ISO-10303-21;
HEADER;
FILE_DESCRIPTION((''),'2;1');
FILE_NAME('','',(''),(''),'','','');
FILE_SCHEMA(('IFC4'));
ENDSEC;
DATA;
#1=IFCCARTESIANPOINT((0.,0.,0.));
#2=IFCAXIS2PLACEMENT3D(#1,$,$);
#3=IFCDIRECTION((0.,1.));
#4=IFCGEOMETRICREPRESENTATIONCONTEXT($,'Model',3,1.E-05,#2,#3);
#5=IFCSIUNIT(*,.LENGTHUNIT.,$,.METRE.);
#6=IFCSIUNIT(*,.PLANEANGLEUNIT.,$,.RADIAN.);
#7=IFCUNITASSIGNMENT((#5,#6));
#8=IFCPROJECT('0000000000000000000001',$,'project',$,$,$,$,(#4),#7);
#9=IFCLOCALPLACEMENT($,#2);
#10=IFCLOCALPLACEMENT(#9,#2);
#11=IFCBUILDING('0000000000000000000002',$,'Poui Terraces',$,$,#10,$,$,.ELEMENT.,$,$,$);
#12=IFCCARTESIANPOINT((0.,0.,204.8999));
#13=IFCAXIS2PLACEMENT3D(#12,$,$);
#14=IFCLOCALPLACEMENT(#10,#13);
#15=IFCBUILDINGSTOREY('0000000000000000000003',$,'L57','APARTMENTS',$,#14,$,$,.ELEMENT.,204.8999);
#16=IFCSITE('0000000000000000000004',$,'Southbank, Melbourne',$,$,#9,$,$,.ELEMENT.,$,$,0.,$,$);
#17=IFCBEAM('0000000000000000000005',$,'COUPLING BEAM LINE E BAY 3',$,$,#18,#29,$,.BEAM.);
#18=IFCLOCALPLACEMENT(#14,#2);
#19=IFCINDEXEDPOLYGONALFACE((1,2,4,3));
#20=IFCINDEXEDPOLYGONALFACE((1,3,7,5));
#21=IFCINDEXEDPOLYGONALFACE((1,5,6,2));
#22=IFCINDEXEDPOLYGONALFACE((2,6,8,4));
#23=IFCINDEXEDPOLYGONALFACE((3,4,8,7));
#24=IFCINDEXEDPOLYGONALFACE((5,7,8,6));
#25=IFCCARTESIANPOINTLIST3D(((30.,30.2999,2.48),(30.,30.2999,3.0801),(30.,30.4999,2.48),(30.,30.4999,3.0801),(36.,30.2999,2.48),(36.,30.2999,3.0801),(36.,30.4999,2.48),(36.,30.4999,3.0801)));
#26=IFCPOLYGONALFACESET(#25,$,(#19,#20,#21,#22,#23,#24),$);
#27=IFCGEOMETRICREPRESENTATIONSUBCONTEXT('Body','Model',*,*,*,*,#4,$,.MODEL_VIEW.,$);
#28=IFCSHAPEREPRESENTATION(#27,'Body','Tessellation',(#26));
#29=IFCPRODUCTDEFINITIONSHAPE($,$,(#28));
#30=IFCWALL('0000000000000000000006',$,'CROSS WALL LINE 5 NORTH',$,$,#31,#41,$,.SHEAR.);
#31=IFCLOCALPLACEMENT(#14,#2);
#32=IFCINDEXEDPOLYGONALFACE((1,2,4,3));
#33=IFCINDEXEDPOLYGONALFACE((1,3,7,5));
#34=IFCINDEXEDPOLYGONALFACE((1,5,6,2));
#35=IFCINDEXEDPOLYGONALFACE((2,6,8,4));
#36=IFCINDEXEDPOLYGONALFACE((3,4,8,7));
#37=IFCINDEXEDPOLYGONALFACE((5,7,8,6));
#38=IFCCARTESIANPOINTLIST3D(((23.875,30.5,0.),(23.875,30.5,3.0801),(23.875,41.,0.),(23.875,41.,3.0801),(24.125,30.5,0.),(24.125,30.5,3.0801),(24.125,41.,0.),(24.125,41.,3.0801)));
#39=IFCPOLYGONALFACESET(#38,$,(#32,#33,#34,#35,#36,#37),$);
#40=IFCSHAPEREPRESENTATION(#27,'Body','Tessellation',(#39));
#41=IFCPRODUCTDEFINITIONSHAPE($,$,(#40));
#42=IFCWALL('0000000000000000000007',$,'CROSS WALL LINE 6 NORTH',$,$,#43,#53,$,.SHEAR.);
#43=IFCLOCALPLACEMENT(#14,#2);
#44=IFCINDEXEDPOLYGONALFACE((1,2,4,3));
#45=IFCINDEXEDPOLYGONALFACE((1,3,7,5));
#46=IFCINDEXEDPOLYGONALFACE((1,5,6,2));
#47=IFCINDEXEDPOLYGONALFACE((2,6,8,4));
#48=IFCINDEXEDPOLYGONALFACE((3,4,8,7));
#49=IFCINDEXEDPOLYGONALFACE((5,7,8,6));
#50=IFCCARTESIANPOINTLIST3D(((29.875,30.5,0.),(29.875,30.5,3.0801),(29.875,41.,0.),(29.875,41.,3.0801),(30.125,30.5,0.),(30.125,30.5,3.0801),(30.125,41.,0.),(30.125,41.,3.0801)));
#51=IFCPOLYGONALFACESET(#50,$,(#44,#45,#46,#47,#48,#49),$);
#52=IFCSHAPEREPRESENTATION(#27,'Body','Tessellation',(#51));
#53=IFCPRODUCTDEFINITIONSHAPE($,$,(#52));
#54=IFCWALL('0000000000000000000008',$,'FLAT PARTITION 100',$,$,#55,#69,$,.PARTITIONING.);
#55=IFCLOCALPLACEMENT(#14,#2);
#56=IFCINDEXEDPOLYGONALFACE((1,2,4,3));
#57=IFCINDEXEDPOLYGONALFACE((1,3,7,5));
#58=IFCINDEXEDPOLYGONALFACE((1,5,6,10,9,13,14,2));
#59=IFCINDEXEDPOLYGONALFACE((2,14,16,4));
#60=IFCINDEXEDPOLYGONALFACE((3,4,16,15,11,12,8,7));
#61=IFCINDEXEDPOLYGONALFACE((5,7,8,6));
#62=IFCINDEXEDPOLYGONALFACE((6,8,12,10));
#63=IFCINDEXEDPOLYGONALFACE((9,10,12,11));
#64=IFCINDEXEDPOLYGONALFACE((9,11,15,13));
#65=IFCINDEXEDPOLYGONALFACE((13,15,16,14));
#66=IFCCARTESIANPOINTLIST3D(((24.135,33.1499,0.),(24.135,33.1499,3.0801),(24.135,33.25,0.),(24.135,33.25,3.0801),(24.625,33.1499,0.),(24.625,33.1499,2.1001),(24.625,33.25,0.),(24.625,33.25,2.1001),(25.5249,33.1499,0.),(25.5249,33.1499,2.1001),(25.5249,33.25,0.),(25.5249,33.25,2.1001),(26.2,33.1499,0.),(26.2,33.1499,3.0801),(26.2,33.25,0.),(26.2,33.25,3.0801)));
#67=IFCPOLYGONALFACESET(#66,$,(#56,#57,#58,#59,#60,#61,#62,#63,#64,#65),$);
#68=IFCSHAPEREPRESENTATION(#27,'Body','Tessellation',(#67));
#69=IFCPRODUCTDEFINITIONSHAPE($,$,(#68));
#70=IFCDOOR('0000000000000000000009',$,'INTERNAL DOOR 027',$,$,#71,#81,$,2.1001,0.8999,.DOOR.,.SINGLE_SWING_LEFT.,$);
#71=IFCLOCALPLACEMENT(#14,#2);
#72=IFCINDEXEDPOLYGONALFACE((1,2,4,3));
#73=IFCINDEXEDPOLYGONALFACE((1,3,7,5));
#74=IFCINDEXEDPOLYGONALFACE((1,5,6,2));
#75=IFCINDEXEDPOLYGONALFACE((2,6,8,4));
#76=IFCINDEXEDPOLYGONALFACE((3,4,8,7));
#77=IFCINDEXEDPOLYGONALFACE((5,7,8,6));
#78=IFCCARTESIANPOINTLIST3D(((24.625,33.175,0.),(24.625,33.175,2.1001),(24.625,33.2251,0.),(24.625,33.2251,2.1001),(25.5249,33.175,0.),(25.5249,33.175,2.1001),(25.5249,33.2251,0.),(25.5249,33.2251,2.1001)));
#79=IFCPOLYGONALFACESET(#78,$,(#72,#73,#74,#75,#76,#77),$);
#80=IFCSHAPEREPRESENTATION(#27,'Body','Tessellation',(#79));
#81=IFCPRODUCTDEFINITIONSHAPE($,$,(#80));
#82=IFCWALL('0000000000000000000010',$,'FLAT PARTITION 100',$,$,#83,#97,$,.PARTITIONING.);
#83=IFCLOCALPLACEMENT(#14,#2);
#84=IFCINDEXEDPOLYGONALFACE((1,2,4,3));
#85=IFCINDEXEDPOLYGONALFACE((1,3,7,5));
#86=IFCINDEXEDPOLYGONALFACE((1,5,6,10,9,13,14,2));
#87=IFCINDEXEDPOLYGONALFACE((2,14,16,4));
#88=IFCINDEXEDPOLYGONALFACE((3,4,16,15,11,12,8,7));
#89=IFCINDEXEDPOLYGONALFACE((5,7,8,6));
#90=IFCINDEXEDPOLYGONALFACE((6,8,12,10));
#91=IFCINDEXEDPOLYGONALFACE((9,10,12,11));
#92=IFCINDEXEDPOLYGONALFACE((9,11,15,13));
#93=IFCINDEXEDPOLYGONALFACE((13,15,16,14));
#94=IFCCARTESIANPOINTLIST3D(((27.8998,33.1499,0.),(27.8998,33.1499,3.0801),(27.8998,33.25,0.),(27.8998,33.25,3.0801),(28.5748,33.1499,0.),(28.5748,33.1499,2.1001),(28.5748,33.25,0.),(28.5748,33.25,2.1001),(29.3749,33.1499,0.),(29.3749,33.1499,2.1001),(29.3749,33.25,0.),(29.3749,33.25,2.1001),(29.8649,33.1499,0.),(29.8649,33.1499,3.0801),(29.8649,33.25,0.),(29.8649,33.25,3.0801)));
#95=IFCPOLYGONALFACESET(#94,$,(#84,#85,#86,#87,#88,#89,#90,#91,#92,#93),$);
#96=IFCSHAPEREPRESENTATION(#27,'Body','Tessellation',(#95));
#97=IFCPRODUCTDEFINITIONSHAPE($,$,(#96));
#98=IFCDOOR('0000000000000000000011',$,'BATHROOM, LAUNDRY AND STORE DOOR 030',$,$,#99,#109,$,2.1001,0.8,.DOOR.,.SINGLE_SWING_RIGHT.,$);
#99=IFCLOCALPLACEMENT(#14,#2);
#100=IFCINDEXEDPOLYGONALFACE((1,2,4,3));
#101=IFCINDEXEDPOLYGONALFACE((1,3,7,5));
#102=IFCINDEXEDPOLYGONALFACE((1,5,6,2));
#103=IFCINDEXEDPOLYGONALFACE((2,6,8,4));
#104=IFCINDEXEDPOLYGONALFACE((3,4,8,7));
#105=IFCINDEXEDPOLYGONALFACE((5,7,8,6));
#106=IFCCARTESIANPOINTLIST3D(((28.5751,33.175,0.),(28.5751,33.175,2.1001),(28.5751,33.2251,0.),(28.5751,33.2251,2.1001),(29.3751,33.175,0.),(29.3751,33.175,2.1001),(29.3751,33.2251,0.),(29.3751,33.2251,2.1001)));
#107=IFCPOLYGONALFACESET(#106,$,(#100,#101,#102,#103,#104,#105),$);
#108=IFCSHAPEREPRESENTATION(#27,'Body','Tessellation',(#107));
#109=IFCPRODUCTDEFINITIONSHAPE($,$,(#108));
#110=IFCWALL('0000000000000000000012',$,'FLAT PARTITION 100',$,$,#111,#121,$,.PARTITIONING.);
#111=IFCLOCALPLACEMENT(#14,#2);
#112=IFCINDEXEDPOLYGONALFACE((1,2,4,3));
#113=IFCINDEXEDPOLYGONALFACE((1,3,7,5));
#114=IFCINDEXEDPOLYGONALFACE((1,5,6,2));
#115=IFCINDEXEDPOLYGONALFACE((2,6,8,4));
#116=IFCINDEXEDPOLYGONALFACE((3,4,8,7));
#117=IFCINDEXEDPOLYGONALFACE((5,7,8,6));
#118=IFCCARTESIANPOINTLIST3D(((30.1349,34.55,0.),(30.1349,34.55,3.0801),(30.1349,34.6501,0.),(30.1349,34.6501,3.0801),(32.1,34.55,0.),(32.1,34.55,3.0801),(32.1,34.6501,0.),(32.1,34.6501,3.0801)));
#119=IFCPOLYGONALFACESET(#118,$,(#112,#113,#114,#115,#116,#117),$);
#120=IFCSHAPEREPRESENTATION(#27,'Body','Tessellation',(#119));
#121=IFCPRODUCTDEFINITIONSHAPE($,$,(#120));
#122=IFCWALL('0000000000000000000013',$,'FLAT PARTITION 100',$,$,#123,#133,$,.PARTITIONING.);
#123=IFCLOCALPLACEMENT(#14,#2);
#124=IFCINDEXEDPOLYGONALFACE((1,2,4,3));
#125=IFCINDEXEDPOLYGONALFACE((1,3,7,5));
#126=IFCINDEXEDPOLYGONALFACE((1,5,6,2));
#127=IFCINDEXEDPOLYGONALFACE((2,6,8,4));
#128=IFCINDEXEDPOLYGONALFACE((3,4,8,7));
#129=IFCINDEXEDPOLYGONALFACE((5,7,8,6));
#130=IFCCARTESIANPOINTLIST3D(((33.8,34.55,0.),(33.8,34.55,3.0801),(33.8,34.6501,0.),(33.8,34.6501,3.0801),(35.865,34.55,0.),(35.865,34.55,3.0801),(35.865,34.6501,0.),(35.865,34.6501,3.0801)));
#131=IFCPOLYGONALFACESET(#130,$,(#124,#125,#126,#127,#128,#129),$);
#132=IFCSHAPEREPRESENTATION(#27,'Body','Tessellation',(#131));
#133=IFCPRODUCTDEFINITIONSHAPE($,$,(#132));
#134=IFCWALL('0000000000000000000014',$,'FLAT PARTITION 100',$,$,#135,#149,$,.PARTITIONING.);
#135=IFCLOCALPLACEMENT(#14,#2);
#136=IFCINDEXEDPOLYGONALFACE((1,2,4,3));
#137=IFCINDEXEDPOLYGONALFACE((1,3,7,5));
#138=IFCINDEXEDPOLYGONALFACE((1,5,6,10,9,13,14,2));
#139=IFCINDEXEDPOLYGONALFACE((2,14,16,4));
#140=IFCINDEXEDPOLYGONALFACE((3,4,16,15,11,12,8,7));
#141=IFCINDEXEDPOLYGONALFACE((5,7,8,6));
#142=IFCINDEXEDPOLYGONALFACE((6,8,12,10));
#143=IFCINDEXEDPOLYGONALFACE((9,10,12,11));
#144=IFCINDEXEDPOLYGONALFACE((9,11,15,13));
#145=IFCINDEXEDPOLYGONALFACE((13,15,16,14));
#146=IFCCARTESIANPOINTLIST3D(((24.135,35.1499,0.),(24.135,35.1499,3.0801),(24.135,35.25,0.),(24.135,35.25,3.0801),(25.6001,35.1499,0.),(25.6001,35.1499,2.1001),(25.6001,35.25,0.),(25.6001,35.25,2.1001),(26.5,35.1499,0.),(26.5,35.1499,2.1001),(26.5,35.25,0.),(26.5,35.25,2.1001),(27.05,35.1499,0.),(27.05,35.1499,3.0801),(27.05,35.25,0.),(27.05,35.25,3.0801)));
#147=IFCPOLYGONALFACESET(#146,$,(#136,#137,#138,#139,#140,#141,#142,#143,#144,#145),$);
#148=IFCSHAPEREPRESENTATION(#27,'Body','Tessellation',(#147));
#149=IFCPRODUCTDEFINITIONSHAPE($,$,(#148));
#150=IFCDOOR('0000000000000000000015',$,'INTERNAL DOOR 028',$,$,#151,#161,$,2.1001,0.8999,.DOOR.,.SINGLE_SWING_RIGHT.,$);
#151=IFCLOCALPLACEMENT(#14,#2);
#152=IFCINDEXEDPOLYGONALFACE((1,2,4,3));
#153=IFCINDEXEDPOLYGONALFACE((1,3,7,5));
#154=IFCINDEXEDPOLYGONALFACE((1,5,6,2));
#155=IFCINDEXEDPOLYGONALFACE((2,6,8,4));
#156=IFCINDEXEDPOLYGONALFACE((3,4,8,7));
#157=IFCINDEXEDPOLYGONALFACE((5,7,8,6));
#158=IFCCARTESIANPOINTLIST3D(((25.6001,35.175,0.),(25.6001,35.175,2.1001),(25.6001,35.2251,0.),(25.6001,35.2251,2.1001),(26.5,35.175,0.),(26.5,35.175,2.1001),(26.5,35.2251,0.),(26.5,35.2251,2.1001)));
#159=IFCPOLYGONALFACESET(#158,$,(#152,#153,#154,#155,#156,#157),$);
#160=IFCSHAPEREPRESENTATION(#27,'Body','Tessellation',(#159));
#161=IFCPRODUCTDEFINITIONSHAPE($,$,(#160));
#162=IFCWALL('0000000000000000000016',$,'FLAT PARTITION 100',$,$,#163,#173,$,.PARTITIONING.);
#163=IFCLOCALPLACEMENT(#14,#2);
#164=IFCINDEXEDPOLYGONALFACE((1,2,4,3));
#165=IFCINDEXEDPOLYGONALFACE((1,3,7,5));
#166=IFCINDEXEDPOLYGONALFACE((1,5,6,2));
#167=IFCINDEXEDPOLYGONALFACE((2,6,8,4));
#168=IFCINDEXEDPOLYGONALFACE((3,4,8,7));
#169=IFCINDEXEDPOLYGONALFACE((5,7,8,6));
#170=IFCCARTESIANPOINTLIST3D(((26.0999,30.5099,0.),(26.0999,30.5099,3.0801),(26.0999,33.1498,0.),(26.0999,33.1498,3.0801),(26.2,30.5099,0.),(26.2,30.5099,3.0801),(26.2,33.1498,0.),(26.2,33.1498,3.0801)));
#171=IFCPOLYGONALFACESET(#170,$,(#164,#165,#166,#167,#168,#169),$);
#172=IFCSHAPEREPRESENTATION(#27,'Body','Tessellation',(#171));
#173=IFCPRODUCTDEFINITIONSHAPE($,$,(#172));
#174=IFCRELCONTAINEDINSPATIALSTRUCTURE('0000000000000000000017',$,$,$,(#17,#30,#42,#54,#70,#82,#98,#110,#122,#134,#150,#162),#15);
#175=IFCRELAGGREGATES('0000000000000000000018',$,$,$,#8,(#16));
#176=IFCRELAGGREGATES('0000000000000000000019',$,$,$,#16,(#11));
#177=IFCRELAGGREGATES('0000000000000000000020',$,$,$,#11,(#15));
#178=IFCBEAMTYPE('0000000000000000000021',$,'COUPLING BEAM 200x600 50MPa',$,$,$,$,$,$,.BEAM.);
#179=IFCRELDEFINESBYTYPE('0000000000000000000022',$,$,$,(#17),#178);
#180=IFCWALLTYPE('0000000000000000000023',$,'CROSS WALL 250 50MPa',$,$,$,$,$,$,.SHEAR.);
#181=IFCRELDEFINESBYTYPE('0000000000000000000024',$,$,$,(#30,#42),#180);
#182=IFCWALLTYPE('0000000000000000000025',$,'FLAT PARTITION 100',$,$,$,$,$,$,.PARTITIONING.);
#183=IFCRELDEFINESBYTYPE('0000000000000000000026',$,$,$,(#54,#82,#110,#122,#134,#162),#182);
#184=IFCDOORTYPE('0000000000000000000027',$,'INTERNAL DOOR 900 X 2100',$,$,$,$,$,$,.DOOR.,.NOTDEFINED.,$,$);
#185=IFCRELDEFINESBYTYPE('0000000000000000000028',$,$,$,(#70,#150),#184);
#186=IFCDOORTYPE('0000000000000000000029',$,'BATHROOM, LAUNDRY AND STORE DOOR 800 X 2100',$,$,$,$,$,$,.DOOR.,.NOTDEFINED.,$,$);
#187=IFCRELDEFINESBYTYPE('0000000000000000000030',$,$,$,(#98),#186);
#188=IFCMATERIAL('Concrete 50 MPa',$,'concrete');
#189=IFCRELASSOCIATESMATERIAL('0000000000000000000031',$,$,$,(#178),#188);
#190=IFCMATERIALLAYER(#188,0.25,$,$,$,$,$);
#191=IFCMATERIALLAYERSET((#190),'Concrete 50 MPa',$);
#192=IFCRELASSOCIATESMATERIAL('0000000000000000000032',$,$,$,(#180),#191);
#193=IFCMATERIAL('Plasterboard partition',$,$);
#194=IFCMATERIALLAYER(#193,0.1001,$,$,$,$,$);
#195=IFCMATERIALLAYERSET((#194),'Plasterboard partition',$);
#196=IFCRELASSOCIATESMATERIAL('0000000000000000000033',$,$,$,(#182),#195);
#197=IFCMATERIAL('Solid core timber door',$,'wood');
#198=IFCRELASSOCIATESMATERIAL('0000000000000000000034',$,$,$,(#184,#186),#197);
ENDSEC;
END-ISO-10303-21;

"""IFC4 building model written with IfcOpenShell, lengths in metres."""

from ifc_helpers import new_model, si_unit, direction, frame, frame_2d, origin, origin_2d, place, context, subcontext, project, spatial, rectangle, extrude, source, transform, mapped, material, layer, layer_set, material_profile, profile_set, type_object, element, fill, save


model = new_model("IFC4")

# Units and contexts
model_context = context("Model", 3, precision=1e-05, world=origin(), true_north=direction((0.0, 1.0)))
body_context = subcontext(model_context, "Body", "Model", "MODEL_VIEW")
ifc_project = project(units=[si_unit("LENGTHUNIT", "METRE"), si_unit("PLANEANGLEUNIT", "RADIAN")], contexts=[model_context])

# Site, building, storey
site_placement = place(None, origin())
site = spatial("IfcSite", under=ifc_project, at=site_placement, Name="Southbank, Melbourne", CompositionType="ELEMENT", RefElevation=0.0)
building_placement = place(site_placement, origin())
building = spatial("IfcBuilding", under=site, at=building_placement, Name="Poui Terraces", CompositionType="ELEMENT")
storey_placement = place(building_placement, frame((0.0, 0.0, 204.8999)))
storey = spatial("IfcBuildingStorey", under=building, at=storey_placement, Name="L57", Description="APARTMENTS", CompositionType="ELEMENT", Elevation=204.8999)

# Beam
ifc_material_1 = material(Name="Concrete 50 MPa", Category="concrete")
ifc_material_profile_1 = material_profile(ifc_material_1, rectangle(XDim=0.2, YDim=0.6001, at=origin_2d()), Name="RC 200x600")
ifc_profile_set_1 = profile_set([ifc_material_profile_1], Name="Concrete 50 MPa")
beam_type = type_object("IfcBeamType", Name="COUPLING BEAM 200x600 50MPa", PredefinedType="BEAM", material=ifc_profile_set_1)
shared_shape_1 = source(origin(), body_context, "Body", "SweptSolid", [
    extrude(rectangle(XDim=0.2, YDim=0.6001, at=origin_2d()), origin(), (0.0, 0.0, 1.0), 6.0),
])
beam_placement = place(storey_placement, frame((30.0, 30.3999, 2.78), z_axis=(1.0, 0.0, 0.0), x_axis=(0.0, 1.0, 0.0)))
element("IfcBeam", 1, at=beam_placement, inside=storey, type_object=beam_type, Name="COUPLING BEAM LINE E BAY 3", PredefinedType="BEAM", context=body_context, shape_type="MappedRepresentation", body=[
    mapped(shared_shape_1, transform((0.0, 0.0, 0.0))),
])

# Walls
ifc_layer_1 = layer(ifc_material_1, 0.25)
ifc_layer_set_1 = layer_set([ifc_layer_1], Name="Concrete 50 MPa")
wall_type_1 = type_object("IfcWallType", Name="CROSS WALL 250 50MPa", PredefinedType="SHEAR", material=ifc_layer_set_1)
for number, where, z_axis, x_axis, name in (
    (2, (24.0, 30.5, 0.0), (0.0, 0.0, 1.0), (0.0, 1.0, 0.0), "CROSS WALL LINE 5 NORTH"),
    (3, (30.0, 30.5, 0.0), (0.0, 0.0, 1.0), (0.0, 1.0, 0.0), "CROSS WALL LINE 6 NORTH"),
):
    element("IfcWall", number, at=place(storey_placement, frame(where, z_axis=z_axis, x_axis=x_axis)), inside=storey, type_object=wall_type_1, Name=name, PredefinedType="SHEAR", context=body_context, shape_type="SweptSolid", body=[
        extrude(rectangle(XDim=10.5, YDim=0.25, at=frame_2d((5.25, 0.0))), origin(), (0.0, 0.0, 1.0), 3.0801),
    ])

# Walls, openings, doors
ifc_material_2 = material(Name="Plasterboard partition")
ifc_layer_2 = layer(ifc_material_2, 0.1001)
ifc_layer_set_2 = layer_set([ifc_layer_2], Name="Plasterboard partition")
wall_type_2 = type_object("IfcWallType", Name="FLAT PARTITION 100", PredefinedType="PARTITIONING", material=ifc_layer_set_2)
wall_1_placement = place(storey_placement, frame((24.135, 33.2, 0.0), z_axis=(0.0, 0.0, 1.0), x_axis=(1.0, 0.0, 0.0)))
wall_1 = element("IfcWall", 4, at=wall_1_placement, inside=storey, type_object=wall_type_2, Name="FLAT PARTITION 100", PredefinedType="PARTITIONING", context=body_context, shape_type="SweptSolid", body=[
    extrude(rectangle(XDim=2.0649, YDim=0.1001, at=frame_2d((1.0325, 0.0))), origin(), (0.0, 0.0, 1.0), 3.0801),
])
opening_1_placement = place(wall_1_placement, frame((0.49, 0.0, 0.0)))
opening_1 = element("IfcOpeningElement", 5, at=opening_1_placement, cuts=wall_1, PredefinedType="OPENING", context=body_context, shape_type="SweptSolid", body=[
    extrude(rectangle(XDim=0.8999, YDim=2.1001, at=frame_2d((0.45, 1.05))), frame((0.0, 0.0601, 0.0), z_axis=(0.0, -1.0, 0.0), x_axis=(1.0, 0.0, 0.0)), (0.0, 0.0, 1.0), 0.1201),
])
ifc_material_3 = material(Name="Solid core timber door", Category="wood")
door_type_1 = type_object("IfcDoorType", Name="INTERNAL DOOR 900 X 2100", OperationType="NOTDEFINED", PredefinedType="DOOR", material=ifc_material_3)
door_1_placement = place(opening_1_placement, frame((0.8999, 0.0, 0.0), z_axis=(0.0, 0.0, 1.0), x_axis=(-1.0, 0.0, 0.0)))
door_1 = element("IfcDoor", 6, at=door_1_placement, inside=storey, type_object=door_type_1, Name="INTERNAL DOOR 027", OperationType="SINGLE_SWING_LEFT", OverallHeight=2.1001, OverallWidth=0.8999, PredefinedType="DOOR", context=body_context, shape_type="SweptSolid", body=[
    extrude(rectangle(XDim=0.8999, YDim=2.1001, at=frame_2d((0.45, 1.05))), frame((0.0, 0.0249, 0.0), z_axis=(0.0, -1.0, 0.0), x_axis=(1.0, 0.0, 0.0)), (0.0, 0.0, 1.0), 0.05),
])
fill(opening_1, door_1)
wall_2_placement = place(storey_placement, frame((27.8999, 33.2, 0.0), z_axis=(0.0, 0.0, 1.0), x_axis=(1.0, 0.0, 0.0)))
wall_2 = element("IfcWall", 7, at=wall_2_placement, inside=storey, type_object=wall_type_2, Name="FLAT PARTITION 100", PredefinedType="PARTITIONING", context=body_context, shape_type="SweptSolid", body=[
    extrude(rectangle(XDim=1.9651, YDim=0.1001, at=frame_2d((0.9824, 0.0))), origin(), (0.0, 0.0, 1.0), 3.0801),
])
opening_2_placement = place(wall_2_placement, frame((0.675, 0.0, 0.0)))
opening_2 = element("IfcOpeningElement", 8, at=opening_2_placement, cuts=wall_2, PredefinedType="OPENING", context=body_context, shape_type="SweptSolid", body=[
    extrude(rectangle(XDim=0.8, YDim=2.1001, at=frame_2d((0.3999, 1.05))), frame((0.0, 0.0601, 0.0), z_axis=(0.0, -1.0, 0.0), x_axis=(1.0, 0.0, 0.0)), (0.0, 0.0, 1.0), 0.1201),
])
door_type_2 = type_object("IfcDoorType", Name="BATHROOM, LAUNDRY AND STORE DOOR 800 X 2100", OperationType="NOTDEFINED", PredefinedType="DOOR", material=ifc_material_3)
door_2_placement = place(opening_2_placement, frame((0.8, 0.0, 0.0), z_axis=(0.0, 0.0, 1.0), x_axis=(-1.0, 0.0, 0.0)))
door_2 = element("IfcDoor", 9, at=door_2_placement, inside=storey, type_object=door_type_2, Name="BATHROOM, LAUNDRY AND STORE DOOR 030", OperationType="SINGLE_SWING_RIGHT", OverallHeight=2.1001, OverallWidth=0.8, PredefinedType="DOOR", context=body_context, shape_type="SweptSolid", body=[
    extrude(rectangle(XDim=0.8, YDim=2.1001, at=frame_2d((0.3999, 1.05))), frame((0.0, 0.0249, 0.0), z_axis=(0.0, -1.0, 0.0), x_axis=(1.0, 0.0, 0.0)), (0.0, 0.0, 1.0), 0.05),
])
fill(opening_2, door_2)

# Walls
wall_3_placement = place(storey_placement, frame((30.135, 34.6001, 0.0), z_axis=(0.0, 0.0, 1.0), x_axis=(1.0, 0.0, 0.0)))
element("IfcWall", 10, at=wall_3_placement, inside=storey, type_object=wall_type_2, Name="FLAT PARTITION 100", PredefinedType="PARTITIONING", context=body_context, shape_type="SweptSolid", body=[
    extrude(rectangle(XDim=1.9651, YDim=0.1001, at=frame_2d((0.9824, 0.0))), origin(), (0.0, 0.0, 1.0), 3.0801),
])
wall_4_placement = place(storey_placement, frame((33.8, 34.6001, 0.0), z_axis=(0.0, 0.0, 1.0), x_axis=(1.0, 0.0, 0.0)))
element("IfcWall", 11, at=wall_4_placement, inside=storey, type_object=wall_type_2, Name="FLAT PARTITION 100", PredefinedType="PARTITIONING", context=body_context, shape_type="SweptSolid", body=[
    extrude(rectangle(XDim=2.0649, YDim=0.1001, at=frame_2d((1.0325, 0.0))), origin(), (0.0, 0.0, 1.0), 3.0801),
])

# Wall, opening, door
wall_5_placement = place(storey_placement, frame((24.135, 35.2, 0.0), z_axis=(0.0, 0.0, 1.0), x_axis=(1.0, 0.0, 0.0)))
wall_5 = element("IfcWall", 12, at=wall_5_placement, inside=storey, type_object=wall_type_2, Name="FLAT PARTITION 100", PredefinedType="PARTITIONING", context=body_context, shape_type="SweptSolid", body=[
    extrude(rectangle(XDim=2.915, YDim=0.1001, at=frame_2d((1.4575, 0.0))), origin(), (0.0, 0.0, 1.0), 3.0801),
])
opening_3_placement = place(wall_5_placement, frame((1.4651, 0.0, 0.0)))
opening_3 = element("IfcOpeningElement", 13, at=opening_3_placement, cuts=wall_5, PredefinedType="OPENING", context=body_context, shape_type="SweptSolid", body=[
    extrude(rectangle(XDim=0.8999, YDim=2.1001, at=frame_2d((0.45, 1.05))), frame((0.0, 0.0601, 0.0), z_axis=(0.0, -1.0, 0.0), x_axis=(1.0, 0.0, 0.0)), (0.0, 0.0, 1.0), 0.1201),
])
door_3_placement = place(opening_3_placement, frame((0.8999, 0.0, 0.0), z_axis=(0.0, 0.0, 1.0), x_axis=(-1.0, 0.0, 0.0)))
door_3 = element("IfcDoor", 14, at=door_3_placement, inside=storey, type_object=door_type_1, Name="INTERNAL DOOR 028", OperationType="SINGLE_SWING_RIGHT", OverallHeight=2.1001, OverallWidth=0.8999, PredefinedType="DOOR", context=body_context, shape_type="SweptSolid", body=[
    extrude(rectangle(XDim=0.8999, YDim=2.1001, at=frame_2d((0.45, 1.05))), frame((0.0, 0.0249, 0.0), z_axis=(0.0, -1.0, 0.0), x_axis=(1.0, 0.0, 0.0)), (0.0, 0.0, 1.0), 0.05),
])
fill(opening_3, door_3)

# Wall
wall_6_placement = place(storey_placement, frame((26.1499, 30.51, 0.0), z_axis=(0.0, 0.0, 1.0), x_axis=(0.0, 1.0, 0.0)))
element("IfcWall", 15, at=wall_6_placement, inside=storey, type_object=wall_type_2, Name="FLAT PARTITION 100", PredefinedType="PARTITIONING", context=body_context, shape_type="SweptSolid", body=[
    extrude(rectangle(XDim=2.6399, YDim=0.1001, at=frame_2d((1.3198, 0.0))), origin(), (0.0, 0.0, 1.0), 3.0801),
])

save(model, "model.ifc")
